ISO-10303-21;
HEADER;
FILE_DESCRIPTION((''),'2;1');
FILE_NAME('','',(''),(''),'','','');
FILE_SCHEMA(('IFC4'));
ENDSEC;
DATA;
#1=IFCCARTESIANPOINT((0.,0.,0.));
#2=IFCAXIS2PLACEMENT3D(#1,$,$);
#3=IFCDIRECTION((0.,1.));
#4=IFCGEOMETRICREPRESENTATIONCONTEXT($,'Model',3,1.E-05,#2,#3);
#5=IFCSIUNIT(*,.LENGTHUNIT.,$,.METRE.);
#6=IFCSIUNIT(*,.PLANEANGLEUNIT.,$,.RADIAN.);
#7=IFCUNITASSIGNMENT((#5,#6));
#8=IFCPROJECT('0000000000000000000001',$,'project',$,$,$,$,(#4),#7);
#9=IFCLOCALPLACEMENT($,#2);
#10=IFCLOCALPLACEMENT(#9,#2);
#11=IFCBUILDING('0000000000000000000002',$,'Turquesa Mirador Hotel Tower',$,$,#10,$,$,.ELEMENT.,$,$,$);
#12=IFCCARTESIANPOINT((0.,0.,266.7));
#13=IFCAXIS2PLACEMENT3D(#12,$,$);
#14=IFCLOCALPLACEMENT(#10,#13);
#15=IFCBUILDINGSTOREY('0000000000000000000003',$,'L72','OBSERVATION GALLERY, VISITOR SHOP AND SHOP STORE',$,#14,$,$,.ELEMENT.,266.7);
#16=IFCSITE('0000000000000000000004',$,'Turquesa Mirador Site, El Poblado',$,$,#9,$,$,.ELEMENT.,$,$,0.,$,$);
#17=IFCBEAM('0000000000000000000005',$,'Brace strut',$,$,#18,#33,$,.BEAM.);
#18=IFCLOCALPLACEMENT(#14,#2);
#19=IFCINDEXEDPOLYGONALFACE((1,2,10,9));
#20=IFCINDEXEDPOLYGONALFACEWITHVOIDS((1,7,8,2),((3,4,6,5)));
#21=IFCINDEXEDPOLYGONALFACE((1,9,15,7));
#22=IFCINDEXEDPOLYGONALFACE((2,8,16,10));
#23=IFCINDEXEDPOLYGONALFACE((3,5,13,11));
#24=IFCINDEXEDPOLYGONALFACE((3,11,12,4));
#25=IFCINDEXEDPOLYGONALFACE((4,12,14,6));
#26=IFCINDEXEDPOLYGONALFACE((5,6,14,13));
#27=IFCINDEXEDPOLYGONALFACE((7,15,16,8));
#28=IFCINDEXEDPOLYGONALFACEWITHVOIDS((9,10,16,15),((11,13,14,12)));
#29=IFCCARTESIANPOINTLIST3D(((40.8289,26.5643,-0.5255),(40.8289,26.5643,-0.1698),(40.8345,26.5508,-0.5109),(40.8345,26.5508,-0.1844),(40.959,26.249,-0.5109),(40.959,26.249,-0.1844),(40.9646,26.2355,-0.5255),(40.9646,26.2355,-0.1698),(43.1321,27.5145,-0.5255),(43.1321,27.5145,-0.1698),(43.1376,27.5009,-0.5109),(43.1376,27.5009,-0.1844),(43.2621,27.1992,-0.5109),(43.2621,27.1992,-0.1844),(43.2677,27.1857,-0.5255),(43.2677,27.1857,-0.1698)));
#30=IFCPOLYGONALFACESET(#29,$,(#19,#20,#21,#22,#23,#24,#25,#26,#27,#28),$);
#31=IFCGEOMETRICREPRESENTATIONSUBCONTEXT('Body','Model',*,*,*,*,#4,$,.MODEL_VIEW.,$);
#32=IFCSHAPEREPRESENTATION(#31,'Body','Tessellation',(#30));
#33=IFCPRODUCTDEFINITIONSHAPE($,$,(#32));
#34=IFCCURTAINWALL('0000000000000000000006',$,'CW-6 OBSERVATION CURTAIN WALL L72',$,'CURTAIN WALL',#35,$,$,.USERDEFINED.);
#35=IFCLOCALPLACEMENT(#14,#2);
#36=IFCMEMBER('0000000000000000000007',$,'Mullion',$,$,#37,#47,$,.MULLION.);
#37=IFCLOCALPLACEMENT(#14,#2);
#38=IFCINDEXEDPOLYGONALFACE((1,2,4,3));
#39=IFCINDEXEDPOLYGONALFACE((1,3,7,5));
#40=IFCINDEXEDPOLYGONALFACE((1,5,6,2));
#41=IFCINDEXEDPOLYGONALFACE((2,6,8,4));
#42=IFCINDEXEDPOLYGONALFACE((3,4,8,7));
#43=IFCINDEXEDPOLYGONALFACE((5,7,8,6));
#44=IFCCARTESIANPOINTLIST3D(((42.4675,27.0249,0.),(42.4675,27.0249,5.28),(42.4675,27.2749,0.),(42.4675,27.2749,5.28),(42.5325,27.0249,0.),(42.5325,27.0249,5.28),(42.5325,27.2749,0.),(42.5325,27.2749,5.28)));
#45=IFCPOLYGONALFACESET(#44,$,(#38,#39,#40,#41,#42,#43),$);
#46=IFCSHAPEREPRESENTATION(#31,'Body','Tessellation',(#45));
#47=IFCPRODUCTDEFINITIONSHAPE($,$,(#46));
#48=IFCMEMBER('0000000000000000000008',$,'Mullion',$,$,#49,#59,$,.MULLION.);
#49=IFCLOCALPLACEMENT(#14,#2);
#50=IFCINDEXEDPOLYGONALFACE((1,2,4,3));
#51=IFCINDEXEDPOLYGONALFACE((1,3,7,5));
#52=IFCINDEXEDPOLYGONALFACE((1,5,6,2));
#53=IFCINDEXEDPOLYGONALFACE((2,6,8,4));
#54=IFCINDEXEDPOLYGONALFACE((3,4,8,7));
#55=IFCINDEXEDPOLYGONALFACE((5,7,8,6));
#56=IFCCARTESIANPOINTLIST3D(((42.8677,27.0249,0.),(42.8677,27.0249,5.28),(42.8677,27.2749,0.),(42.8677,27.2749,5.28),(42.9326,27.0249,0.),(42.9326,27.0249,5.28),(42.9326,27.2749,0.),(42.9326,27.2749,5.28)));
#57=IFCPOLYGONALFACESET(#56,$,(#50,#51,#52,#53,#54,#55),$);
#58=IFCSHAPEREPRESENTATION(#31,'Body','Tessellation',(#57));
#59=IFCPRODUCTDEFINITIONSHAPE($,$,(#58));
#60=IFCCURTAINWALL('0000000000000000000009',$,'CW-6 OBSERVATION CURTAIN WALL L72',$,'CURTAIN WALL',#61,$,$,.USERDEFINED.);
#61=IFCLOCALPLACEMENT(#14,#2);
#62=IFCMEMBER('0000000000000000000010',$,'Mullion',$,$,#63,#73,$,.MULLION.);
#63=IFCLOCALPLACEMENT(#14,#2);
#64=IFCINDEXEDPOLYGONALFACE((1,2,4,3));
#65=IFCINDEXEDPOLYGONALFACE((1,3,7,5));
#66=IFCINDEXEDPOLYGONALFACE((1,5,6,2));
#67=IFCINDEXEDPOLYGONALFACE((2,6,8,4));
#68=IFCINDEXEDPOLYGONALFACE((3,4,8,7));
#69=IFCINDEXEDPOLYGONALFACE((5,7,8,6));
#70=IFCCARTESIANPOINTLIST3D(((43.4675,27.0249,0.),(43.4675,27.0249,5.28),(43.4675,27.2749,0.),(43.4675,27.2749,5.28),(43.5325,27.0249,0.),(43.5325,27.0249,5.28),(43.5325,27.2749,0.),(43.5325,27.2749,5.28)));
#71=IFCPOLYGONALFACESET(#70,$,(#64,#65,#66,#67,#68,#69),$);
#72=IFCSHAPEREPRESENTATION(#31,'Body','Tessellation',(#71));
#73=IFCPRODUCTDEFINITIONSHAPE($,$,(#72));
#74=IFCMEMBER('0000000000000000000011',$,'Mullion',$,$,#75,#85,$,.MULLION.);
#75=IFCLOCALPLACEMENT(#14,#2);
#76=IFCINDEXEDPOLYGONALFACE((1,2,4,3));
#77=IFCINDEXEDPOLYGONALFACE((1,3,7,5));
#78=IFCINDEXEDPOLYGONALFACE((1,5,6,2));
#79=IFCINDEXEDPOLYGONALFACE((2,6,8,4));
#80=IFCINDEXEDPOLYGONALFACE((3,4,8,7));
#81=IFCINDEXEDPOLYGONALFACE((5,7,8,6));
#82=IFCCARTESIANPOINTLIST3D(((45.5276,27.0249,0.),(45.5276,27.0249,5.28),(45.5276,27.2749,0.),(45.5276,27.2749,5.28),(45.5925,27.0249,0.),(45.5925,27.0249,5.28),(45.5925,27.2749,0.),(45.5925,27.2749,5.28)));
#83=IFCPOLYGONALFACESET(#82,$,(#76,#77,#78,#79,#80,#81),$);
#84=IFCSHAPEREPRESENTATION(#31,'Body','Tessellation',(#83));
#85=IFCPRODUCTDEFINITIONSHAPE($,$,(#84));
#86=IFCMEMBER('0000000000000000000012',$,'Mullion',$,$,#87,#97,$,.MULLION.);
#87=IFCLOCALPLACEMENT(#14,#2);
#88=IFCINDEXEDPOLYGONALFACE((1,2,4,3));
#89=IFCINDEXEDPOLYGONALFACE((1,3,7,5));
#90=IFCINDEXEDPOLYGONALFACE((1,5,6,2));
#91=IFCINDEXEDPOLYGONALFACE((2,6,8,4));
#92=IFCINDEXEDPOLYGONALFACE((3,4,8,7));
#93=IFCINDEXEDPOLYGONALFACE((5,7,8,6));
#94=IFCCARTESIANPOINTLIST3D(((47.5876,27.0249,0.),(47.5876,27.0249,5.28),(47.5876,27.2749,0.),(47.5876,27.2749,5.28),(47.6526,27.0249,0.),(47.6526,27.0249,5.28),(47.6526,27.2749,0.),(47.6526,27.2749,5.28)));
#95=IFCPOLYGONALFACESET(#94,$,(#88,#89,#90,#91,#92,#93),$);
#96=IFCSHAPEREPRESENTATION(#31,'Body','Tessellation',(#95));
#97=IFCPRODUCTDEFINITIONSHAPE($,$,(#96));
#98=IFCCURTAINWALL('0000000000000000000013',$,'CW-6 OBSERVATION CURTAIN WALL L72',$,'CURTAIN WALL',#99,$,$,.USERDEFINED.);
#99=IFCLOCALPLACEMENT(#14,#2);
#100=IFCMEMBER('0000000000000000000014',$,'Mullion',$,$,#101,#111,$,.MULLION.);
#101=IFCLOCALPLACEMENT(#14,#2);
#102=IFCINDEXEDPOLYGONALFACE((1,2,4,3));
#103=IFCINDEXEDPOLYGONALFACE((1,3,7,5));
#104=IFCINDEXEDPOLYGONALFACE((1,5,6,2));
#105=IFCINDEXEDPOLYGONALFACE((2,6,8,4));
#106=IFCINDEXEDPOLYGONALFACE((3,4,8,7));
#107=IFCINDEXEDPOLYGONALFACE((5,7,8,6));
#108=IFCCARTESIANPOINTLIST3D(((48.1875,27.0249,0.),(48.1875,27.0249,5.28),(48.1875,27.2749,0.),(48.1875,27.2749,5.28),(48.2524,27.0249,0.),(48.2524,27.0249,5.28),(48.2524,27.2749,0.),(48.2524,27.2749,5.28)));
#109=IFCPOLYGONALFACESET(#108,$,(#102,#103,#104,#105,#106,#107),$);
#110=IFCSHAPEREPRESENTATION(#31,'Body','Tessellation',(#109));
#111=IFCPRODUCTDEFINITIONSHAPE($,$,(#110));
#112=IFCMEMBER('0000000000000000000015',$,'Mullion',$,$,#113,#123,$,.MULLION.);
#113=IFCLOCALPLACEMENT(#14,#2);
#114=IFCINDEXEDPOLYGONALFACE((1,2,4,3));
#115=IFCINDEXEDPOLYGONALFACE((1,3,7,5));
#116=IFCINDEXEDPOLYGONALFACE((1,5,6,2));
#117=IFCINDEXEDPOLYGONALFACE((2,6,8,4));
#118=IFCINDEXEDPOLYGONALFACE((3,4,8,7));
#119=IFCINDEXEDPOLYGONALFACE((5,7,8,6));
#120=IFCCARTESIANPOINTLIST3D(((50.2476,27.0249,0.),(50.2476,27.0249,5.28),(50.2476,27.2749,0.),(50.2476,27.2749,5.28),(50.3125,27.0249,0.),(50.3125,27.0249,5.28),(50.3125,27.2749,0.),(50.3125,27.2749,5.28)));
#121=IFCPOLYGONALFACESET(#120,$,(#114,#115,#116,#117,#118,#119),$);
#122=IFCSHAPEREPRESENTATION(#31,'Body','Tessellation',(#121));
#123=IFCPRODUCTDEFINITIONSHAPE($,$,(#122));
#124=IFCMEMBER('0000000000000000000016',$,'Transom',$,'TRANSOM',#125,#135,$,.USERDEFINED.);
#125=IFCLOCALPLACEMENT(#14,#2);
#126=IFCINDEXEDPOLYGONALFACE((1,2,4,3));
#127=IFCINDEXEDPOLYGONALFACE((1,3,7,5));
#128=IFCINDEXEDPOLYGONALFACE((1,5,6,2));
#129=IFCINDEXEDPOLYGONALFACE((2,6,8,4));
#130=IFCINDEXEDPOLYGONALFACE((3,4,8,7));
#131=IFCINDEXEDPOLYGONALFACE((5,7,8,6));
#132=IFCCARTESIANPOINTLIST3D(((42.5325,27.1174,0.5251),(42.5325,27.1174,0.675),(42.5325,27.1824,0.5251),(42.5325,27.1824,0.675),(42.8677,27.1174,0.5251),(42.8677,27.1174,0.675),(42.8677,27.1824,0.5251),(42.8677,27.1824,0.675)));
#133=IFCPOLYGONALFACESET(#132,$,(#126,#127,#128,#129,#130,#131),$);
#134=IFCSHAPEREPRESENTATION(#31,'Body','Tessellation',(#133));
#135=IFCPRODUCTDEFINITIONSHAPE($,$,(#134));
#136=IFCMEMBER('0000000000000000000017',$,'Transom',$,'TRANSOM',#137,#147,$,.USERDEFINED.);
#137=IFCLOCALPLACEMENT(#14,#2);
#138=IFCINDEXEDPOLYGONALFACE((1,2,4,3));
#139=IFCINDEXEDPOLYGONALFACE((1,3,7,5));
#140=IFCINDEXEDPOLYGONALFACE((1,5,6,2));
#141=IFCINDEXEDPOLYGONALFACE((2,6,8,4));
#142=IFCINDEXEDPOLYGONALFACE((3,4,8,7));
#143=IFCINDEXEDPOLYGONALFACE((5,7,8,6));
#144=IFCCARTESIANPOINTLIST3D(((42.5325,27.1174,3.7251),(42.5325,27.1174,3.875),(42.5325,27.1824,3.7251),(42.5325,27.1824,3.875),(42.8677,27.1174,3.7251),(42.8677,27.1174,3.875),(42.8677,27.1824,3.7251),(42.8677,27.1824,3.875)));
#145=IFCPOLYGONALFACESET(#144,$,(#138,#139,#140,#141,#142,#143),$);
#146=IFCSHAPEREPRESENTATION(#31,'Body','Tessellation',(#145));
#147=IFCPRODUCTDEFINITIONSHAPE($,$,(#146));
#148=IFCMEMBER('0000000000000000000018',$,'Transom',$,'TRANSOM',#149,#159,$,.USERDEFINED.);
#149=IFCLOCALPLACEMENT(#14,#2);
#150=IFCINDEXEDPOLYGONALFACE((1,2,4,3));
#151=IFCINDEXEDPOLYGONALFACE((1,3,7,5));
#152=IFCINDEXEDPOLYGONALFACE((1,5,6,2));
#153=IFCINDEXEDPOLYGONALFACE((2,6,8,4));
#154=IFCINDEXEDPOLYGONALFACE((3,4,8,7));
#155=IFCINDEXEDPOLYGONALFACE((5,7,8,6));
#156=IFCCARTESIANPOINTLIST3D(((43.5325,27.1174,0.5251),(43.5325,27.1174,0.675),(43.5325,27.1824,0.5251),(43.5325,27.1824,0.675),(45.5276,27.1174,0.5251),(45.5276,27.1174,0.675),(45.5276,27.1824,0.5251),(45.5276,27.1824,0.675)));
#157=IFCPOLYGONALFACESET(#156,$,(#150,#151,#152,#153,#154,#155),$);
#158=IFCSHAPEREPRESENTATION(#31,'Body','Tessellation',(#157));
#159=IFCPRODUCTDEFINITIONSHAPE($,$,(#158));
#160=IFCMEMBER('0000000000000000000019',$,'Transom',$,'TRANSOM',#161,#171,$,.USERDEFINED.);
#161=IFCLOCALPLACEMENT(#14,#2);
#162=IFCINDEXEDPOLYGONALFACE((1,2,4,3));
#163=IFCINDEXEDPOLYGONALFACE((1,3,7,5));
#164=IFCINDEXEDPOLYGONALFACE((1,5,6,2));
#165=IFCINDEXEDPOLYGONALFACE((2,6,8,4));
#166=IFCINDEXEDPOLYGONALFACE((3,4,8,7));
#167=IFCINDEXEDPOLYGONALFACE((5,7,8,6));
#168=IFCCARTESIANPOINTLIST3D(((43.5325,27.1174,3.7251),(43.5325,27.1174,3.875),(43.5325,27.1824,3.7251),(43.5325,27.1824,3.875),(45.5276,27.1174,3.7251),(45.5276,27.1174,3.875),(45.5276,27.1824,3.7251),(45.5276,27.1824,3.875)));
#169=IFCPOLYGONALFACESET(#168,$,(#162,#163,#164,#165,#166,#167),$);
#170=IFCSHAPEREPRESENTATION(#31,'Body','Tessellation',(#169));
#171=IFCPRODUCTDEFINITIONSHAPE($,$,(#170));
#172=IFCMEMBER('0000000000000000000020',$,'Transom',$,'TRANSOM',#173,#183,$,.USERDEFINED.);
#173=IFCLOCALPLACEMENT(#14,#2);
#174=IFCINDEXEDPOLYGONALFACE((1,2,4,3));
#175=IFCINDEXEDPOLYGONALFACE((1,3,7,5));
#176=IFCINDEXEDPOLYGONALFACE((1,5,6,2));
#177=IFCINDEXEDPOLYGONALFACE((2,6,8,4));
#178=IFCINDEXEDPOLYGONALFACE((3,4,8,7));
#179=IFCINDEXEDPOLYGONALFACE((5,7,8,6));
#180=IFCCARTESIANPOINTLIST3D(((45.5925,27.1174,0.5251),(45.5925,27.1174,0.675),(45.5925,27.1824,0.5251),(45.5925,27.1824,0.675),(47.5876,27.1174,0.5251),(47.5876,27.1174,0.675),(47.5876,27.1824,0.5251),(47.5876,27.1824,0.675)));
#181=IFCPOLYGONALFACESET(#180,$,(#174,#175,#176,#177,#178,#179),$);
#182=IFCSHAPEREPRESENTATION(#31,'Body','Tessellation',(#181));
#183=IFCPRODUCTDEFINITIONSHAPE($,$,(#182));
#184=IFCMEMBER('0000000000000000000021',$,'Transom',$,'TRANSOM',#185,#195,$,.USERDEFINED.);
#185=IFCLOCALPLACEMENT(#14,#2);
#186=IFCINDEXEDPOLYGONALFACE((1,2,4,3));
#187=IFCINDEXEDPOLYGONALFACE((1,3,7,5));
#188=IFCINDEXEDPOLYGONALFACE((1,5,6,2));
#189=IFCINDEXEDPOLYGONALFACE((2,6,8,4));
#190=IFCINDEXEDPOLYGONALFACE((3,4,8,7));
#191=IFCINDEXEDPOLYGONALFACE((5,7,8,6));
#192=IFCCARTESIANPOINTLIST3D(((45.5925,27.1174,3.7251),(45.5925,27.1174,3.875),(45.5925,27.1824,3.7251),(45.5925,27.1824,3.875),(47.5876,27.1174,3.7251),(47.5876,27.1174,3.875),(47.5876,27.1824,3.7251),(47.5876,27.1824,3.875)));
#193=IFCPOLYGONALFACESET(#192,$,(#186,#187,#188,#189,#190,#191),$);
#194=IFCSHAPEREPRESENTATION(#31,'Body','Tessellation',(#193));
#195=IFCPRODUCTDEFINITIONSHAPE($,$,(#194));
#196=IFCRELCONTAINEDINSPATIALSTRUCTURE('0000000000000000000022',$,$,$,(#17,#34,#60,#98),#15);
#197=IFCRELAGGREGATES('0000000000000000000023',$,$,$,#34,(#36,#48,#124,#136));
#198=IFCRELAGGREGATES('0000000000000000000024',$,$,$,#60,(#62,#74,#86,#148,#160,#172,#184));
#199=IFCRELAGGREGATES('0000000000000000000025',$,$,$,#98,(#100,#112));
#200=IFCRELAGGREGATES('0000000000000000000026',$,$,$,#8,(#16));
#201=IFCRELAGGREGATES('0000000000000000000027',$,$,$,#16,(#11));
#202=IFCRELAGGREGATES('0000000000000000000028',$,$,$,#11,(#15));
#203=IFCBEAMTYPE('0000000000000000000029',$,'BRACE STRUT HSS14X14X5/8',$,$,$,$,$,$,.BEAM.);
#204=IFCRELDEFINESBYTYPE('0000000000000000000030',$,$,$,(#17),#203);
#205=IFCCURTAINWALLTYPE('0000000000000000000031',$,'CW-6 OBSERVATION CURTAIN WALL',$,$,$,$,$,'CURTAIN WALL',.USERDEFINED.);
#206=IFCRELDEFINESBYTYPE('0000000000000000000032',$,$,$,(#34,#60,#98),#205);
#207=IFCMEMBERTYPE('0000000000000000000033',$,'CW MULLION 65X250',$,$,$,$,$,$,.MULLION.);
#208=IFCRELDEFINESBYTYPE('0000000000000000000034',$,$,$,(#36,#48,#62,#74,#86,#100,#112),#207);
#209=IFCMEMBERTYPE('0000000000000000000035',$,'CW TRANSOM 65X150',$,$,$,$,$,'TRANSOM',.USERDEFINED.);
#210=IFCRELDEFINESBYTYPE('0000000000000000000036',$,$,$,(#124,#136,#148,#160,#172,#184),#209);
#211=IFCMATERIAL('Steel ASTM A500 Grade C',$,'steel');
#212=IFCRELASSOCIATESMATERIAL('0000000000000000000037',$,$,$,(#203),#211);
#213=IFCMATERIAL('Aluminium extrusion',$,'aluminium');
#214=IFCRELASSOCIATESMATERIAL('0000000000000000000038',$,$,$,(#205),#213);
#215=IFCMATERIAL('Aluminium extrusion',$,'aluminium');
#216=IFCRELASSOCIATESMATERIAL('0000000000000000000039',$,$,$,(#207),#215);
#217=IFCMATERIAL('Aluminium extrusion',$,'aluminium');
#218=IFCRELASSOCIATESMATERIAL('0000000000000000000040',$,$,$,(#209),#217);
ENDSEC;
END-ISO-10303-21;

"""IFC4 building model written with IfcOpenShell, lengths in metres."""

from ifc_helpers import new_model, si_unit, direction, frame, origin, origin_2d, place, context, subcontext, project, spatial, rectangle, hollow_rectangle, extrude, material, material_profile, profile_set, type_object, element, aggregate, save


model = new_model("IFC4")

# Units and contexts
model_context = context("Model", 3, precision=1e-05, world=origin(), true_north=direction((0.0, 1.0)))
body_context = subcontext(model_context, "Body", "Model", "MODEL_VIEW")
ifc_project = project(units=[si_unit("LENGTHUNIT", "METRE"), si_unit("PLANEANGLEUNIT", "RADIAN")], contexts=[model_context])

# Site, building, storey
site_placement = place(None, origin())
site = spatial("IfcSite", under=ifc_project, at=site_placement, Name="Turquesa Mirador Site, El Poblado", CompositionType="ELEMENT", RefElevation=0.0)
building_placement = place(site_placement, origin())
building = spatial("IfcBuilding", under=site, at=building_placement, Name="Turquesa Mirador Hotel Tower", CompositionType="ELEMENT")
storey_placement = place(building_placement, frame((0.0, 0.0, 266.7)))
storey = spatial("IfcBuildingStorey", under=building, at=storey_placement, Name="L72", Description="OBSERVATION GALLERY, VISITOR SHOP AND SHOP STORE", CompositionType="ELEMENT", Elevation=266.7)

# Beam
ifc_material_1 = material(Name="Steel ASTM A500 Grade C", Category="steel")
ifc_material_profile_1 = material_profile(ifc_material_1, hollow_rectangle(XDim=0.3557, YDim=0.3557, WallThickness=0.0146, at=origin_2d()), Name="HSS14X14X5/8")
ifc_profile_set_1 = profile_set([ifc_material_profile_1], Name="Steel ASTM A500 Grade C")
beam_type = type_object("IfcBeamType", Name="BRACE STRUT HSS14X14X5/8", PredefinedType="BEAM", material=ifc_profile_set_1)
beam_placement = place(storey_placement, frame((40.8967, 26.3999, -0.3477), z_axis=(0.924422, 0.381371, 0.0), x_axis=(-0.381371, 0.924422, 0.0)))
element("IfcBeam", 1, at=beam_placement, inside=storey, type_object=beam_type, Name="Brace strut", PredefinedType="BEAM", context=body_context, shape_type="SweptSolid", body=[
    extrude(hollow_rectangle(XDim=0.3557, YDim=0.3557, WallThickness=0.0146, at=origin_2d()), origin(), (0.0, 0.0, 1.0), 2.4915),
])

# Curtain walls, members
ifc_material_2 = material(Name="Aluminium extrusion", Category="aluminium")
curtain_wall_type = type_object("IfcCurtainWallType", Name="CW-6 OBSERVATION CURTAIN WALL", ElementType="CURTAIN WALL", PredefinedType="USERDEFINED", material=ifc_material_2)
curtain_wall_1_placement = place(storey_placement, origin())
curtain_wall_1 = element("IfcCurtainWall", 2, at=curtain_wall_1_placement, inside=storey, type_object=curtain_wall_type, Name="CW-6 OBSERVATION CURTAIN WALL L72", ObjectType="CURTAIN WALL", PredefinedType="USERDEFINED")
ifc_material_3 = material(Name="Aluminium extrusion", Category="aluminium")
ifc_material_profile_2 = material_profile(ifc_material_3, rectangle(XDim=0.0649, YDim=0.25, at=origin_2d()), Name="MULLION 65X250")
ifc_profile_set_2 = profile_set([ifc_material_profile_2], Name="Aluminium extrusion")
member_type_1 = type_object("IfcMemberType", Name="CW MULLION 65X250", PredefinedType="MULLION", material=ifc_profile_set_2)
member_1_placement = place(storey_placement, frame((42.5, 27.1499, 0.0), z_axis=(0.0, 0.0, 1.0), x_axis=(1.0, 0.0, 0.0)))
member_1 = element("IfcMember", 3, at=member_1_placement, type_object=member_type_1, Name="Mullion", PredefinedType="MULLION", context=body_context, shape_type="SweptSolid", body=[
    extrude(rectangle(XDim=0.0649, YDim=0.25, at=origin_2d()), origin(), (0.0, 0.0, 1.0), 5.28),
])
member_2_placement = place(storey_placement, frame((42.9001, 27.1499, 0.0), z_axis=(0.0, 0.0, 1.0), x_axis=(1.0, 0.0, 0.0)))
member_2 = element("IfcMember", 4, at=member_2_placement, type_object=member_type_1, Name="Mullion", PredefinedType="MULLION", context=body_context, shape_type="SweptSolid", body=[
    extrude(rectangle(XDim=0.0649, YDim=0.25, at=origin_2d()), origin(), (0.0, 0.0, 1.0), 5.28),
])
curtain_wall_2_placement = place(storey_placement, origin())
curtain_wall_2 = element("IfcCurtainWall", 5, at=curtain_wall_2_placement, inside=storey, type_object=curtain_wall_type, Name="CW-6 OBSERVATION CURTAIN WALL L72", ObjectType="CURTAIN WALL", PredefinedType="USERDEFINED")
member_3_placement = place(storey_placement, frame((43.5, 27.1499, 0.0), z_axis=(0.0, 0.0, 1.0), x_axis=(1.0, 0.0, 0.0)))
member_3 = element("IfcMember", 6, at=member_3_placement, type_object=member_type_1, Name="Mullion", PredefinedType="MULLION", context=body_context, shape_type="SweptSolid", body=[
    extrude(rectangle(XDim=0.0649, YDim=0.25, at=origin_2d()), origin(), (0.0, 0.0, 1.0), 5.28),
])
member_4_placement = place(storey_placement, frame((45.5601, 27.1499, 0.0), z_axis=(0.0, 0.0, 1.0), x_axis=(1.0, 0.0, 0.0)))
member_4 = element("IfcMember", 7, at=member_4_placement, type_object=member_type_1, Name="Mullion", PredefinedType="MULLION", context=body_context, shape_type="SweptSolid", body=[
    extrude(rectangle(XDim=0.0649, YDim=0.25, at=origin_2d()), origin(), (0.0, 0.0, 1.0), 5.28),
])
member_5_placement = place(storey_placement, frame((47.6201, 27.1499, 0.0), z_axis=(0.0, 0.0, 1.0), x_axis=(1.0, 0.0, 0.0)))
member_5 = element("IfcMember", 8, at=member_5_placement, type_object=member_type_1, Name="Mullion", PredefinedType="MULLION", context=body_context, shape_type="SweptSolid", body=[
    extrude(rectangle(XDim=0.0649, YDim=0.25, at=origin_2d()), origin(), (0.0, 0.0, 1.0), 5.28),
])
curtain_wall_3_placement = place(storey_placement, origin())
curtain_wall_3 = element("IfcCurtainWall", 9, at=curtain_wall_3_placement, inside=storey, type_object=curtain_wall_type, Name="CW-6 OBSERVATION CURTAIN WALL L72", ObjectType="CURTAIN WALL", PredefinedType="USERDEFINED")
member_6_placement = place(storey_placement, frame((48.22, 27.1499, 0.0), z_axis=(0.0, 0.0, 1.0), x_axis=(1.0, 0.0, 0.0)))
member_6 = element("IfcMember", 10, at=member_6_placement, type_object=member_type_1, Name="Mullion", PredefinedType="MULLION", context=body_context, shape_type="SweptSolid", body=[
    extrude(rectangle(XDim=0.0649, YDim=0.25, at=origin_2d()), origin(), (0.0, 0.0, 1.0), 5.28),
])
member_7_placement = place(storey_placement, frame((50.28, 27.1499, 0.0), z_axis=(0.0, 0.0, 1.0), x_axis=(1.0, 0.0, 0.0)))
member_7 = element("IfcMember", 11, at=member_7_placement, type_object=member_type_1, Name="Mullion", PredefinedType="MULLION", context=body_context, shape_type="SweptSolid", body=[
    extrude(rectangle(XDim=0.0649, YDim=0.25, at=origin_2d()), origin(), (0.0, 0.0, 1.0), 5.28),
])

# Members
ifc_material_4 = material(Name="Aluminium extrusion", Category="aluminium")
ifc_material_profile_3 = material_profile(ifc_material_4, rectangle(XDim=0.0649, YDim=0.1499, at=origin_2d()), Name="TRANSOM 65X150")
ifc_profile_set_3 = profile_set([ifc_material_profile_3], Name="Aluminium extrusion")
member_type_2 = type_object("IfcMemberType", Name="CW TRANSOM 65X150", ElementType="TRANSOM", PredefinedType="USERDEFINED", material=ifc_profile_set_3)
member_8_placement = place(storey_placement, frame((42.5325, 27.1499, 0.6001), z_axis=(1.0, 0.0, 0.0), x_axis=(0.0, 1.0, 0.0)))
member_8 = element("IfcMember", 12, at=member_8_placement, type_object=member_type_2, Name="Transom", ObjectType="TRANSOM", PredefinedType="USERDEFINED", context=body_context, shape_type="SweptSolid", body=[
    extrude(rectangle(XDim=0.0649, YDim=0.1499, at=origin_2d()), origin(), (0.0, 0.0, 1.0), 0.3352),
])
member_9_placement = place(storey_placement, frame((42.5325, 27.1499, 3.8), z_axis=(1.0, 0.0, 0.0), x_axis=(0.0, 1.0, 0.0)))
member_9 = element("IfcMember", 13, at=member_9_placement, type_object=member_type_2, Name="Transom", ObjectType="TRANSOM", PredefinedType="USERDEFINED", context=body_context, shape_type="SweptSolid", body=[
    extrude(rectangle(XDim=0.0649, YDim=0.1499, at=origin_2d()), origin(), (0.0, 0.0, 1.0), 0.3352),
])
member_10_placement = place(storey_placement, frame((43.5325, 27.1499, 0.6001), z_axis=(1.0, 0.0, 0.0), x_axis=(0.0, 1.0, 0.0)))
member_10 = element("IfcMember", 14, at=member_10_placement, type_object=member_type_2, Name="Transom", ObjectType="TRANSOM", PredefinedType="USERDEFINED", context=body_context, shape_type="SweptSolid", body=[
    extrude(rectangle(XDim=0.0649, YDim=0.1499, at=origin_2d()), origin(), (0.0, 0.0, 1.0), 1.9951),
])
member_11_placement = place(storey_placement, frame((43.5325, 27.1499, 3.8), z_axis=(1.0, 0.0, 0.0), x_axis=(0.0, 1.0, 0.0)))
member_11 = element("IfcMember", 15, at=member_11_placement, type_object=member_type_2, Name="Transom", ObjectType="TRANSOM", PredefinedType="USERDEFINED", context=body_context, shape_type="SweptSolid", body=[
    extrude(rectangle(XDim=0.0649, YDim=0.1499, at=origin_2d()), origin(), (0.0, 0.0, 1.0), 1.9951),
])
member_12_placement = place(storey_placement, frame((45.5925, 27.1499, 0.6001), z_axis=(1.0, 0.0, 0.0), x_axis=(0.0, 1.0, 0.0)))
member_12 = element("IfcMember", 16, at=member_12_placement, type_object=member_type_2, Name="Transom", ObjectType="TRANSOM", PredefinedType="USERDEFINED", context=body_context, shape_type="SweptSolid", body=[
    extrude(rectangle(XDim=0.0649, YDim=0.1499, at=origin_2d()), origin(), (0.0, 0.0, 1.0), 1.9951),
])
member_13_placement = place(storey_placement, frame((45.5925, 27.1499, 3.8), z_axis=(1.0, 0.0, 0.0), x_axis=(0.0, 1.0, 0.0)))
member_13 = element("IfcMember", 17, at=member_13_placement, type_object=member_type_2, Name="Transom", ObjectType="TRANSOM", PredefinedType="USERDEFINED", context=body_context, shape_type="SweptSolid", body=[
    extrude(rectangle(XDim=0.0649, YDim=0.1499, at=origin_2d()), origin(), (0.0, 0.0, 1.0), 1.9951),
])

aggregate(curtain_wall_1, [member_1, member_2, member_8, member_9])
aggregate(curtain_wall_2, [member_3, member_4, member_5, member_10, member_11, member_12, member_13])
aggregate(curtain_wall_3, [member_6, member_7])

save(model, "model.ifc")
